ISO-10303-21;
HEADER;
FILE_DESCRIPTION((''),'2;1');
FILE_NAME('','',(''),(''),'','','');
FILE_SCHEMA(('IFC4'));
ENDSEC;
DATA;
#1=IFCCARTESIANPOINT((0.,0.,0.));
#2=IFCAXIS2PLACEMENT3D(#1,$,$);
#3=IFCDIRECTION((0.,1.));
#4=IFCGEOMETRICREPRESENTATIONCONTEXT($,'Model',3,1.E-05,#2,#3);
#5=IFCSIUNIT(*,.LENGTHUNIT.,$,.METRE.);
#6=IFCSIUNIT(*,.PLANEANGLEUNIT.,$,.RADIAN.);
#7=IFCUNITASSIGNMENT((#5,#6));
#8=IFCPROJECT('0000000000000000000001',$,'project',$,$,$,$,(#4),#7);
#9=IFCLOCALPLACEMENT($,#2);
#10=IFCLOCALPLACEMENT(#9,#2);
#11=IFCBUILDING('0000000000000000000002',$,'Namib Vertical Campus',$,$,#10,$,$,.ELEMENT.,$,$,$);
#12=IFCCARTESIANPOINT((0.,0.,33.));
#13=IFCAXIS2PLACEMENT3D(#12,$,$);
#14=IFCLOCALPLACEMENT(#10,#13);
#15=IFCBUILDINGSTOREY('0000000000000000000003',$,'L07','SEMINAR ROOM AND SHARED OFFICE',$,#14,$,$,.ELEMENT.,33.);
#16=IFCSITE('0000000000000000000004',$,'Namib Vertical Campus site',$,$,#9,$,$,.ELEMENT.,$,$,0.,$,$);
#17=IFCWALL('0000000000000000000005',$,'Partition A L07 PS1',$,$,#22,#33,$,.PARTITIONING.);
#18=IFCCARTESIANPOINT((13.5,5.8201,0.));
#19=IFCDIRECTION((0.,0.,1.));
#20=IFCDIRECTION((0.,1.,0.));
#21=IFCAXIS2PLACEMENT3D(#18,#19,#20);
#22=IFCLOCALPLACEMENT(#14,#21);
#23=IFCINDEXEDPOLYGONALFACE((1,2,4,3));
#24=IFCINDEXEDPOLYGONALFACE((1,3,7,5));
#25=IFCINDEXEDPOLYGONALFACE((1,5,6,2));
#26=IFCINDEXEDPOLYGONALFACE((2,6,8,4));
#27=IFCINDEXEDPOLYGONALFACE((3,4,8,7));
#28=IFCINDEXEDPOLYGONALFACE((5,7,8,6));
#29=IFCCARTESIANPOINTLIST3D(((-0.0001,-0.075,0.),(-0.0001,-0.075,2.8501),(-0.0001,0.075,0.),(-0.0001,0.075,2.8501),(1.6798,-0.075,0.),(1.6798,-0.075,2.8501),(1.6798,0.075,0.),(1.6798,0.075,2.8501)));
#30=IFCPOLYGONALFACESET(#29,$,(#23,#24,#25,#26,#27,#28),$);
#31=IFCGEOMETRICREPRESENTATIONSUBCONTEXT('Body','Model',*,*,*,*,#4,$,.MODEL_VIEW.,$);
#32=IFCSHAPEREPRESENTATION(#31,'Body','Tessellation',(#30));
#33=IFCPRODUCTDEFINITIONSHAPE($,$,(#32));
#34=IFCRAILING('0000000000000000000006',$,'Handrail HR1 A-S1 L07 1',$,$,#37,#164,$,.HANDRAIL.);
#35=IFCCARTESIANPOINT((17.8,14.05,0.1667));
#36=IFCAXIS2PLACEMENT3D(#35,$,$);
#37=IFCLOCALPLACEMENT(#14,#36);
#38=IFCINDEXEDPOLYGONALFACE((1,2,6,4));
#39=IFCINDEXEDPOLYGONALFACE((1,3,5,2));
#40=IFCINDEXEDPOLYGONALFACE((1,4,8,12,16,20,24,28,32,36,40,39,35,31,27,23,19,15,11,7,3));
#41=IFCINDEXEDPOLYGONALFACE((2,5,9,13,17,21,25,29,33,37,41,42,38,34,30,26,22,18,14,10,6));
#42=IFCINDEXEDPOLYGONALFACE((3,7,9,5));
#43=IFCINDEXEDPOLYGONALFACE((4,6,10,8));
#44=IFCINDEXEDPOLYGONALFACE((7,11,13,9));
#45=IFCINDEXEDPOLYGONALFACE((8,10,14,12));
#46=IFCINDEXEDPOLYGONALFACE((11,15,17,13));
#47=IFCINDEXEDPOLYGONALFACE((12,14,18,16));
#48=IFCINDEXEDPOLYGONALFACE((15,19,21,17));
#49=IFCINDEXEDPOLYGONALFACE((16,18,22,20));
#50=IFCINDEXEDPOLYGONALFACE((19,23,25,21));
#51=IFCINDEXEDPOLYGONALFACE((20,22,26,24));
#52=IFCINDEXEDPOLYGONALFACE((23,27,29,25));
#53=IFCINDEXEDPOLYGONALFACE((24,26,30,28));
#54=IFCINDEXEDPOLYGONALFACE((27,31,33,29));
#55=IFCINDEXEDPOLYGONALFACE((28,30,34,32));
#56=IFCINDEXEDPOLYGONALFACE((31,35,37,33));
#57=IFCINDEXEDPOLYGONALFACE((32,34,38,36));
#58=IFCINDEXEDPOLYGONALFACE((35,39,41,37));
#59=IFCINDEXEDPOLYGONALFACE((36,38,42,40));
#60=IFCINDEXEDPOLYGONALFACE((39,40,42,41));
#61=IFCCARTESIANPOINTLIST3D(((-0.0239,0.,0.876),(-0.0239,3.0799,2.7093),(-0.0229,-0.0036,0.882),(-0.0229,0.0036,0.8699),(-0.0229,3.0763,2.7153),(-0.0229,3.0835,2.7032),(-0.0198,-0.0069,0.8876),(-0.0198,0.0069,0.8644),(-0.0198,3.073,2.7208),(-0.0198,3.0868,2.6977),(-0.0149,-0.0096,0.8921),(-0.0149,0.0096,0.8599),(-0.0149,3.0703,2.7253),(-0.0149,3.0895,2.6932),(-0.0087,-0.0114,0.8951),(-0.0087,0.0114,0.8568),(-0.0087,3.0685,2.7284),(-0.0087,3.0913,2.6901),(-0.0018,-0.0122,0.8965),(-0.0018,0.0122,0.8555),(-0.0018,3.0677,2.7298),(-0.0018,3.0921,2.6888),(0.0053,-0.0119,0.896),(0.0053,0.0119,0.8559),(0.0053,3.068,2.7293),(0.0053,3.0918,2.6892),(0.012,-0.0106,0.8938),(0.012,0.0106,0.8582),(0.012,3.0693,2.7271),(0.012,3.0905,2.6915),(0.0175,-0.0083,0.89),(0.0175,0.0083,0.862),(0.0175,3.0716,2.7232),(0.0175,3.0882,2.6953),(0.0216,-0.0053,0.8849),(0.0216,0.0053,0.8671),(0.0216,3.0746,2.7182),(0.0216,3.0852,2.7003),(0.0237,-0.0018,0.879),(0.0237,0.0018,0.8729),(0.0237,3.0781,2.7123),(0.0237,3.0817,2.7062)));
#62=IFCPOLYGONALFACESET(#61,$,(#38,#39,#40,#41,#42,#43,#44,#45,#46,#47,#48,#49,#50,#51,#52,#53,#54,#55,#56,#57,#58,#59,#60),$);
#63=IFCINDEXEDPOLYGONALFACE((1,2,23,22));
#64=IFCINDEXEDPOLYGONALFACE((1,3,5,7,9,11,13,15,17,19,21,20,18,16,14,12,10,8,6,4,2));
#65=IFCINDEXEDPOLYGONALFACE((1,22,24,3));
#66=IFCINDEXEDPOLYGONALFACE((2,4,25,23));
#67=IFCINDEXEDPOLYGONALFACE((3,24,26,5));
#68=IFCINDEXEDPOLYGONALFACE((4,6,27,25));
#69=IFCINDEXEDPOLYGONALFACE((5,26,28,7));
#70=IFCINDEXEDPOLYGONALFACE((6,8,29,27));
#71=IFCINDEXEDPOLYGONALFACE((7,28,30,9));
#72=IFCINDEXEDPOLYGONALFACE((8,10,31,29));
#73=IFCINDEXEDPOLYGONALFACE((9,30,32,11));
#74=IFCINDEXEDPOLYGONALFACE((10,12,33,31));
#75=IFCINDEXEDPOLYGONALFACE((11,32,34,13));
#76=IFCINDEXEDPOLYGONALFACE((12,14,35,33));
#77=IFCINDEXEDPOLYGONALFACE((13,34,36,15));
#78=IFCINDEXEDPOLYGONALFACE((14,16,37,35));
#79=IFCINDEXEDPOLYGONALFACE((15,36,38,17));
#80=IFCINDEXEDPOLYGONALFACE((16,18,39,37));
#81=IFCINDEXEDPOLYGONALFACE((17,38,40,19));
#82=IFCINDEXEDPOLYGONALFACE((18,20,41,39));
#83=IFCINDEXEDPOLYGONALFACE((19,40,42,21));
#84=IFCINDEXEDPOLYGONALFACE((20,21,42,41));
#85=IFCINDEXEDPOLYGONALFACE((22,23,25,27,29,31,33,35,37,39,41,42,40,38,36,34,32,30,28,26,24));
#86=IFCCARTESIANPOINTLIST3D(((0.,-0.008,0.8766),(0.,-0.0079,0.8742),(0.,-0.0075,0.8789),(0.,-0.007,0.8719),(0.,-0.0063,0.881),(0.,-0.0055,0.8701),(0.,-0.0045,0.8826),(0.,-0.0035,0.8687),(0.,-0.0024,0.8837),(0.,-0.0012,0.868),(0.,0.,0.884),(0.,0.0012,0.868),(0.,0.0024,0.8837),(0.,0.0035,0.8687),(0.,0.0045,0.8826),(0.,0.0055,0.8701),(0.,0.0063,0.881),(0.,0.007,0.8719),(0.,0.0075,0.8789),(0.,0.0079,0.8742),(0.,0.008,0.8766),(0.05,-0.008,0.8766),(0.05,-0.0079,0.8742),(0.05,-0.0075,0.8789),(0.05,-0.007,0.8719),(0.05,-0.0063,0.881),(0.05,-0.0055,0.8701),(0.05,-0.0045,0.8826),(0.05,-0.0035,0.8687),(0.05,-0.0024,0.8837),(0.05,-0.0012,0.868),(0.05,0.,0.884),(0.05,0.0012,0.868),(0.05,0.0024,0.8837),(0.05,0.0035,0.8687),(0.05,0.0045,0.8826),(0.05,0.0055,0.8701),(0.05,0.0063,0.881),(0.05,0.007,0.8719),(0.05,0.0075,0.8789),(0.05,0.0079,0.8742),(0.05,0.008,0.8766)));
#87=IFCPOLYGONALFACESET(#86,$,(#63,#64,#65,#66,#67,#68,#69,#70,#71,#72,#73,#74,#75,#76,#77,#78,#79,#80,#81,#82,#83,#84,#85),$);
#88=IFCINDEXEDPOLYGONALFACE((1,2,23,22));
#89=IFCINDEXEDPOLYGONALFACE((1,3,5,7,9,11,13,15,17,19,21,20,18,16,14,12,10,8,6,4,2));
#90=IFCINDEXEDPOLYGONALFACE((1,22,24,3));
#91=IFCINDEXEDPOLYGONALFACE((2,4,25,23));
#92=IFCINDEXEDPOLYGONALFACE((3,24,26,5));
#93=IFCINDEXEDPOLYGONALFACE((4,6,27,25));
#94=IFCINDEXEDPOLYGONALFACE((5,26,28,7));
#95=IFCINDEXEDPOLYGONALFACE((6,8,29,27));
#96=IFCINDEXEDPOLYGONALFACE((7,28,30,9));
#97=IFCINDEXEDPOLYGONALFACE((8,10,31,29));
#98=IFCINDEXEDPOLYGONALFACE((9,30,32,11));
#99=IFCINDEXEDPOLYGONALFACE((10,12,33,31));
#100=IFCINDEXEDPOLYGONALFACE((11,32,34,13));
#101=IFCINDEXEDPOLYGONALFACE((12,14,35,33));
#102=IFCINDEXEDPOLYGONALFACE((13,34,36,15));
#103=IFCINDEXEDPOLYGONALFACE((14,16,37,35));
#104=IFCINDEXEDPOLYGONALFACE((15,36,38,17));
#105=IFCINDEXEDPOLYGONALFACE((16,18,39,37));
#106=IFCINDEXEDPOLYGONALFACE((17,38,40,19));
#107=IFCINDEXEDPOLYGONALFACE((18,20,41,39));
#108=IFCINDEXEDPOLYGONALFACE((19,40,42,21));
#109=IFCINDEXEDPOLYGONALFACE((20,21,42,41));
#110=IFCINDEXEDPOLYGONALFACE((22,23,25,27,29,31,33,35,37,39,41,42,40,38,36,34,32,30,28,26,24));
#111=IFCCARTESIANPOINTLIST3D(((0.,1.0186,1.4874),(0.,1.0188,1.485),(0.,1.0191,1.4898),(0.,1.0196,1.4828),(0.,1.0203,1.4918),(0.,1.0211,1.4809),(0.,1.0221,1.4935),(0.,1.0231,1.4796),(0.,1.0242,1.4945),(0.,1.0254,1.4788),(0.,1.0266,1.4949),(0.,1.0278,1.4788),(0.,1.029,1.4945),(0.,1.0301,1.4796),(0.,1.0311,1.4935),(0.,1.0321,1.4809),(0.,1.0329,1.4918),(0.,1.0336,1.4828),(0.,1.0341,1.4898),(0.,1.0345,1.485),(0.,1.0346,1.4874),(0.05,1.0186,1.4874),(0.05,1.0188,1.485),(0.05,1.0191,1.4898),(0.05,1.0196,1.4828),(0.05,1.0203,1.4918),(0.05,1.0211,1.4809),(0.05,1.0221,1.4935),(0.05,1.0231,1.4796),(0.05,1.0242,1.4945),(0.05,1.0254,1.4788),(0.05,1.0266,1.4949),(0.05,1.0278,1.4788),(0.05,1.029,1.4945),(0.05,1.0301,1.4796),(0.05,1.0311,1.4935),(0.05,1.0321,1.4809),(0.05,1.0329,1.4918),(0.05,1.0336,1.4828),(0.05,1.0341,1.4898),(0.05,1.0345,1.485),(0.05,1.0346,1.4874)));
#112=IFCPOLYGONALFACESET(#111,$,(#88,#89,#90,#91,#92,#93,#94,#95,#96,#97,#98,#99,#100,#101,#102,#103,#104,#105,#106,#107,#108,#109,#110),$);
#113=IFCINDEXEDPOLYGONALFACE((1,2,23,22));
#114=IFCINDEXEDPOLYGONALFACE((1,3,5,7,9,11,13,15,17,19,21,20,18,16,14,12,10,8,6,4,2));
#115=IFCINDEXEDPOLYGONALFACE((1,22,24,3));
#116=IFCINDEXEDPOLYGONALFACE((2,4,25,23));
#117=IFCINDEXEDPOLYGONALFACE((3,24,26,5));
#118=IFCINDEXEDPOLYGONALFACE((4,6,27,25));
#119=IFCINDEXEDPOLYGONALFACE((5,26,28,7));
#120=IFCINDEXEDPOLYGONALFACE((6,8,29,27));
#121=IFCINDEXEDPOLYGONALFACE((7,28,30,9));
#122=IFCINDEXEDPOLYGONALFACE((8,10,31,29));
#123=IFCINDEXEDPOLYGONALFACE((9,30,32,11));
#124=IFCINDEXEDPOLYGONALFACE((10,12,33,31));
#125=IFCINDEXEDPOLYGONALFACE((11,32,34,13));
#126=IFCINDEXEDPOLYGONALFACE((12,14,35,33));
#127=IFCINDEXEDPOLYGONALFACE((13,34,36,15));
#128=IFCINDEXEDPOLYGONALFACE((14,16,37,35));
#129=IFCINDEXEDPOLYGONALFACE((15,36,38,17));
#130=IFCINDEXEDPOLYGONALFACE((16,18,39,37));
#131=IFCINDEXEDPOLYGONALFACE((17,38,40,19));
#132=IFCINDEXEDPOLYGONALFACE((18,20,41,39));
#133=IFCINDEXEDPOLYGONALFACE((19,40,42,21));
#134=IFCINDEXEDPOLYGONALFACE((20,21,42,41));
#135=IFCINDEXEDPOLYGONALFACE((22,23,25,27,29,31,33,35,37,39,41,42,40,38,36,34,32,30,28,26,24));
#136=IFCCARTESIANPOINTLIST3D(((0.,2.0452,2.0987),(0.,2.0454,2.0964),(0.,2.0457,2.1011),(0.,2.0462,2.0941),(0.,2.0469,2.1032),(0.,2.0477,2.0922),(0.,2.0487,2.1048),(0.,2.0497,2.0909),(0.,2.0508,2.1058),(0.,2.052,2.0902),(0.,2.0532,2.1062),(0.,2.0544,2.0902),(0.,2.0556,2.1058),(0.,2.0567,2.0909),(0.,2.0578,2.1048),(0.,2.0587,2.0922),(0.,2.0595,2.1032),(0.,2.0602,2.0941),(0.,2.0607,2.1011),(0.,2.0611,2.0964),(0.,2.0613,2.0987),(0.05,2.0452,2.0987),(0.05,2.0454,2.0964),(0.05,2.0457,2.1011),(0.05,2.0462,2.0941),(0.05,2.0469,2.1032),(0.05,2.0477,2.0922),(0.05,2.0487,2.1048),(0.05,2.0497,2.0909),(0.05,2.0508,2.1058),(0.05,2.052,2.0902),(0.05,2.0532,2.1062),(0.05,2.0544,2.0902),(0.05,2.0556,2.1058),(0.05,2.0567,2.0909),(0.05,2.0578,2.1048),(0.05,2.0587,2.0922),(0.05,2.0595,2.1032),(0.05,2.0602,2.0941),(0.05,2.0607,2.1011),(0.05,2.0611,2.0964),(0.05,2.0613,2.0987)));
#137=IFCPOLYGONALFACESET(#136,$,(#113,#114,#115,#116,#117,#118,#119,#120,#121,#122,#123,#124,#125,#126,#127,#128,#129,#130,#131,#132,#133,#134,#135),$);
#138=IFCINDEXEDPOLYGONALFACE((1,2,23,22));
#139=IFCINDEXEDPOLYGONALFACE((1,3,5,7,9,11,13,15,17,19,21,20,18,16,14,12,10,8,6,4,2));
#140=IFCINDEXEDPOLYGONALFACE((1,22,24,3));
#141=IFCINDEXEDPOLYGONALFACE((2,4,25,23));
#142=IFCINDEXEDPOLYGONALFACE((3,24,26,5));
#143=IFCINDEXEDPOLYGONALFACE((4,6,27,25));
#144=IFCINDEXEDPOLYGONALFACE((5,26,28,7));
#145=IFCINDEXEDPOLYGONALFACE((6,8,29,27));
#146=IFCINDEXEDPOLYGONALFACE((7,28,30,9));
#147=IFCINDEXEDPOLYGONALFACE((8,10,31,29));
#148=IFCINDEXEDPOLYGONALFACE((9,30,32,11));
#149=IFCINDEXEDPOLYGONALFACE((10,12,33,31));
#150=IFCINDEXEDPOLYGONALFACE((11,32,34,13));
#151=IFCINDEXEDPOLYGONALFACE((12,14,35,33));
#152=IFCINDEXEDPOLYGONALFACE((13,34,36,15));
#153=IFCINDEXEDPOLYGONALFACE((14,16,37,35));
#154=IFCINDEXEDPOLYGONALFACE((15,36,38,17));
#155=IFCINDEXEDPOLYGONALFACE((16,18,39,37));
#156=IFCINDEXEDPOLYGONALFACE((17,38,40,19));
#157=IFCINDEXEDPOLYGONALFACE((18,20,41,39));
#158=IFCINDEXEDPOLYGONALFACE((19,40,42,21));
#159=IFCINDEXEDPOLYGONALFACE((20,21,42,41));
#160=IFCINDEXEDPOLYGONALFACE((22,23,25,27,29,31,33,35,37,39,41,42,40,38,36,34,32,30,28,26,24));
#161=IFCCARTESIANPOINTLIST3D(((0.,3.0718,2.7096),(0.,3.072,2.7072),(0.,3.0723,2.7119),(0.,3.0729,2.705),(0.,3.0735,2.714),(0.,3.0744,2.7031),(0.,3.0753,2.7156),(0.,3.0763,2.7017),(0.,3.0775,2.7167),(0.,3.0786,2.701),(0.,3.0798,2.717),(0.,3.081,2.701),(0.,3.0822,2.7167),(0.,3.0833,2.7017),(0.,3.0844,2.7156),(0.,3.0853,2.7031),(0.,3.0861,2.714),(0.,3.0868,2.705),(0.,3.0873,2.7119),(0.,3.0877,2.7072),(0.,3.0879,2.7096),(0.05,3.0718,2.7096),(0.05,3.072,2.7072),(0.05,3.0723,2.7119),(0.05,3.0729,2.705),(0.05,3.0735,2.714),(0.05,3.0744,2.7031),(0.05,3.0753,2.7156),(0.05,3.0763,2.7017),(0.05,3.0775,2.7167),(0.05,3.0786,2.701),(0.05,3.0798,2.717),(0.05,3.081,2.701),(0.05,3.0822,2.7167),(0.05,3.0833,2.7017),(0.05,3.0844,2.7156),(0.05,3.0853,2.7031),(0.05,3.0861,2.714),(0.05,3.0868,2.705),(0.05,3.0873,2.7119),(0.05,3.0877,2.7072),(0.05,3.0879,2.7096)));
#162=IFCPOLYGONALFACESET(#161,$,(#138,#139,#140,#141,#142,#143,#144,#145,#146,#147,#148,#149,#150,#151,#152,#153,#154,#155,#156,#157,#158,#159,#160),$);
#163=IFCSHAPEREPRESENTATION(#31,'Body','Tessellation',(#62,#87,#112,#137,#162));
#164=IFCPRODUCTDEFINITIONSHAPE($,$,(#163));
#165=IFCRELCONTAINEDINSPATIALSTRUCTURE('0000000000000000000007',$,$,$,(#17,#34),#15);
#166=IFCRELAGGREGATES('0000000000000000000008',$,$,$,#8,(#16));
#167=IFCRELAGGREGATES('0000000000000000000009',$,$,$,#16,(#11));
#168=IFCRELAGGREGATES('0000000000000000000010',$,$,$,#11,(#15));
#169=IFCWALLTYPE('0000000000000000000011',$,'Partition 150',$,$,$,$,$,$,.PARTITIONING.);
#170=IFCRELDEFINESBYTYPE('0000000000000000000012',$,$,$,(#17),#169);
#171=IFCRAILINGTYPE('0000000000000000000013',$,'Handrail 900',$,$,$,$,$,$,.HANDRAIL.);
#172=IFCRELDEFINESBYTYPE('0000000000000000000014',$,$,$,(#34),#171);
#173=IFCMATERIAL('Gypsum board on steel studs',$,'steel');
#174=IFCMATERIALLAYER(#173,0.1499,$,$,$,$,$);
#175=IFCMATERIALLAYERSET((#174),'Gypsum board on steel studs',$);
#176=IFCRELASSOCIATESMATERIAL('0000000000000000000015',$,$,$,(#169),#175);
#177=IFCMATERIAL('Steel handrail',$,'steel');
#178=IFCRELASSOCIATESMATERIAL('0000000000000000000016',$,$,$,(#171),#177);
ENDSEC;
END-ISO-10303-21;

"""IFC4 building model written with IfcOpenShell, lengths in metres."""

from ifc_helpers import new_model, si_unit, direction, frame, frame_2d, origin, origin_2d, place, context, subcontext, project, spatial, rectangle, circle, extrude, material, layer, layer_set, type_object, element, save


model = new_model("IFC4")

# Units and contexts
model_context = context("Model", 3, precision=1e-05, world=origin(), true_north=direction((0.0, 1.0)))
body_context = subcontext(model_context, "Body", "Model", "MODEL_VIEW")
ifc_project = project(units=[si_unit("LENGTHUNIT", "METRE"), si_unit("PLANEANGLEUNIT", "RADIAN")], contexts=[model_context])

# Site, building, storey
site_placement = place(None, origin())
site = spatial("IfcSite", under=ifc_project, at=site_placement, Name="Namib Vertical Campus site", CompositionType="ELEMENT", RefElevation=0.0)
building_placement = place(site_placement, origin())
building = spatial("IfcBuilding", under=site, at=building_placement, Name="Namib Vertical Campus", CompositionType="ELEMENT")
storey_placement = place(building_placement, frame((0.0, 0.0, 33.0)))
storey = spatial("IfcBuildingStorey", under=building, at=storey_placement, Name="L07", Description="SEMINAR ROOM AND SHARED OFFICE", CompositionType="ELEMENT", Elevation=33.0)

# Wall
ifc_material_1 = material(Name="Gypsum board on steel studs", Category="steel")
ifc_layer_1 = layer(ifc_material_1, 0.1499)
ifc_layer_set_1 = layer_set([ifc_layer_1], Name="Gypsum board on steel studs")
wall_type_1 = type_object("IfcWallType", Name="Partition 150", PredefinedType="PARTITIONING", material=ifc_layer_set_1)
wall_1_placement = place(storey_placement, frame((13.5, 5.8201, 0.0), z_axis=(0.0, 0.0, 1.0), x_axis=(0.0, 1.0, 0.0)))
element("IfcWall", 1, at=wall_1_placement, inside=storey, type_object=wall_type_1, Name="Partition A L07 PS1", PredefinedType="PARTITIONING", context=body_context, shape_type="SweptSolid", body=[
    extrude(rectangle(XDim=1.6799, YDim=0.1499, at=frame_2d((0.8398, 0.0))), origin(), (0.0, 0.0, 1.0), 2.8501),
])

# Railing
ifc_material_2 = material(Name="Steel handrail", Category="steel")
railing_type_1 = type_object("IfcRailingType", Name="Handrail 900", PredefinedType="HANDRAIL", material=ifc_material_2)
railing_1_placement = place(storey_placement, frame((17.8, 14.05, 0.1667)))
element("IfcRailing", 2, at=railing_1_placement, inside=storey, type_object=railing_type_1, Name="Handrail HR1 A-S1 L07 1", PredefinedType="HANDRAIL", context=body_context, shape_type="SweptSolid", body=[
    extrude(circle(Radius=0.0239, at=origin_2d()), frame((0.0, 0.0, 0.876), z_axis=(0.0, 0.859291, 0.511487), x_axis=(-1.0, 0.0, 0.0)), (0.0, 0.0, 1.0), 3.5842),
    extrude(circle(Radius=0.0081, at=origin_2d()), frame((0.0, 0.0, 0.876), z_axis=(1.0, 0.0, 0.0), x_axis=(0.0, 0.0, 1.0)), (0.0, 0.0, 1.0), 0.05),
    extrude(circle(Radius=0.0081, at=origin_2d()), frame((0.0, 1.0266, 1.4868), z_axis=(1.0, 0.0, 0.0), x_axis=(0.0, 0.0, 1.0)), (0.0, 0.0, 1.0), 0.05),
    extrude(circle(Radius=0.0081, at=origin_2d()), frame((0.0, 2.0532, 2.0981), z_axis=(1.0, 0.0, 0.0), x_axis=(0.0, 0.0, 1.0)), (0.0, 0.0, 1.0), 0.05),
    extrude(circle(Radius=0.0081, at=origin_2d()), frame((0.0, 3.0798, 2.709), z_axis=(1.0, 0.0, 0.0), x_axis=(0.0, 0.0, 1.0)), (0.0, 0.0, 1.0), 0.05),
])

save(model, "model.ifc")
